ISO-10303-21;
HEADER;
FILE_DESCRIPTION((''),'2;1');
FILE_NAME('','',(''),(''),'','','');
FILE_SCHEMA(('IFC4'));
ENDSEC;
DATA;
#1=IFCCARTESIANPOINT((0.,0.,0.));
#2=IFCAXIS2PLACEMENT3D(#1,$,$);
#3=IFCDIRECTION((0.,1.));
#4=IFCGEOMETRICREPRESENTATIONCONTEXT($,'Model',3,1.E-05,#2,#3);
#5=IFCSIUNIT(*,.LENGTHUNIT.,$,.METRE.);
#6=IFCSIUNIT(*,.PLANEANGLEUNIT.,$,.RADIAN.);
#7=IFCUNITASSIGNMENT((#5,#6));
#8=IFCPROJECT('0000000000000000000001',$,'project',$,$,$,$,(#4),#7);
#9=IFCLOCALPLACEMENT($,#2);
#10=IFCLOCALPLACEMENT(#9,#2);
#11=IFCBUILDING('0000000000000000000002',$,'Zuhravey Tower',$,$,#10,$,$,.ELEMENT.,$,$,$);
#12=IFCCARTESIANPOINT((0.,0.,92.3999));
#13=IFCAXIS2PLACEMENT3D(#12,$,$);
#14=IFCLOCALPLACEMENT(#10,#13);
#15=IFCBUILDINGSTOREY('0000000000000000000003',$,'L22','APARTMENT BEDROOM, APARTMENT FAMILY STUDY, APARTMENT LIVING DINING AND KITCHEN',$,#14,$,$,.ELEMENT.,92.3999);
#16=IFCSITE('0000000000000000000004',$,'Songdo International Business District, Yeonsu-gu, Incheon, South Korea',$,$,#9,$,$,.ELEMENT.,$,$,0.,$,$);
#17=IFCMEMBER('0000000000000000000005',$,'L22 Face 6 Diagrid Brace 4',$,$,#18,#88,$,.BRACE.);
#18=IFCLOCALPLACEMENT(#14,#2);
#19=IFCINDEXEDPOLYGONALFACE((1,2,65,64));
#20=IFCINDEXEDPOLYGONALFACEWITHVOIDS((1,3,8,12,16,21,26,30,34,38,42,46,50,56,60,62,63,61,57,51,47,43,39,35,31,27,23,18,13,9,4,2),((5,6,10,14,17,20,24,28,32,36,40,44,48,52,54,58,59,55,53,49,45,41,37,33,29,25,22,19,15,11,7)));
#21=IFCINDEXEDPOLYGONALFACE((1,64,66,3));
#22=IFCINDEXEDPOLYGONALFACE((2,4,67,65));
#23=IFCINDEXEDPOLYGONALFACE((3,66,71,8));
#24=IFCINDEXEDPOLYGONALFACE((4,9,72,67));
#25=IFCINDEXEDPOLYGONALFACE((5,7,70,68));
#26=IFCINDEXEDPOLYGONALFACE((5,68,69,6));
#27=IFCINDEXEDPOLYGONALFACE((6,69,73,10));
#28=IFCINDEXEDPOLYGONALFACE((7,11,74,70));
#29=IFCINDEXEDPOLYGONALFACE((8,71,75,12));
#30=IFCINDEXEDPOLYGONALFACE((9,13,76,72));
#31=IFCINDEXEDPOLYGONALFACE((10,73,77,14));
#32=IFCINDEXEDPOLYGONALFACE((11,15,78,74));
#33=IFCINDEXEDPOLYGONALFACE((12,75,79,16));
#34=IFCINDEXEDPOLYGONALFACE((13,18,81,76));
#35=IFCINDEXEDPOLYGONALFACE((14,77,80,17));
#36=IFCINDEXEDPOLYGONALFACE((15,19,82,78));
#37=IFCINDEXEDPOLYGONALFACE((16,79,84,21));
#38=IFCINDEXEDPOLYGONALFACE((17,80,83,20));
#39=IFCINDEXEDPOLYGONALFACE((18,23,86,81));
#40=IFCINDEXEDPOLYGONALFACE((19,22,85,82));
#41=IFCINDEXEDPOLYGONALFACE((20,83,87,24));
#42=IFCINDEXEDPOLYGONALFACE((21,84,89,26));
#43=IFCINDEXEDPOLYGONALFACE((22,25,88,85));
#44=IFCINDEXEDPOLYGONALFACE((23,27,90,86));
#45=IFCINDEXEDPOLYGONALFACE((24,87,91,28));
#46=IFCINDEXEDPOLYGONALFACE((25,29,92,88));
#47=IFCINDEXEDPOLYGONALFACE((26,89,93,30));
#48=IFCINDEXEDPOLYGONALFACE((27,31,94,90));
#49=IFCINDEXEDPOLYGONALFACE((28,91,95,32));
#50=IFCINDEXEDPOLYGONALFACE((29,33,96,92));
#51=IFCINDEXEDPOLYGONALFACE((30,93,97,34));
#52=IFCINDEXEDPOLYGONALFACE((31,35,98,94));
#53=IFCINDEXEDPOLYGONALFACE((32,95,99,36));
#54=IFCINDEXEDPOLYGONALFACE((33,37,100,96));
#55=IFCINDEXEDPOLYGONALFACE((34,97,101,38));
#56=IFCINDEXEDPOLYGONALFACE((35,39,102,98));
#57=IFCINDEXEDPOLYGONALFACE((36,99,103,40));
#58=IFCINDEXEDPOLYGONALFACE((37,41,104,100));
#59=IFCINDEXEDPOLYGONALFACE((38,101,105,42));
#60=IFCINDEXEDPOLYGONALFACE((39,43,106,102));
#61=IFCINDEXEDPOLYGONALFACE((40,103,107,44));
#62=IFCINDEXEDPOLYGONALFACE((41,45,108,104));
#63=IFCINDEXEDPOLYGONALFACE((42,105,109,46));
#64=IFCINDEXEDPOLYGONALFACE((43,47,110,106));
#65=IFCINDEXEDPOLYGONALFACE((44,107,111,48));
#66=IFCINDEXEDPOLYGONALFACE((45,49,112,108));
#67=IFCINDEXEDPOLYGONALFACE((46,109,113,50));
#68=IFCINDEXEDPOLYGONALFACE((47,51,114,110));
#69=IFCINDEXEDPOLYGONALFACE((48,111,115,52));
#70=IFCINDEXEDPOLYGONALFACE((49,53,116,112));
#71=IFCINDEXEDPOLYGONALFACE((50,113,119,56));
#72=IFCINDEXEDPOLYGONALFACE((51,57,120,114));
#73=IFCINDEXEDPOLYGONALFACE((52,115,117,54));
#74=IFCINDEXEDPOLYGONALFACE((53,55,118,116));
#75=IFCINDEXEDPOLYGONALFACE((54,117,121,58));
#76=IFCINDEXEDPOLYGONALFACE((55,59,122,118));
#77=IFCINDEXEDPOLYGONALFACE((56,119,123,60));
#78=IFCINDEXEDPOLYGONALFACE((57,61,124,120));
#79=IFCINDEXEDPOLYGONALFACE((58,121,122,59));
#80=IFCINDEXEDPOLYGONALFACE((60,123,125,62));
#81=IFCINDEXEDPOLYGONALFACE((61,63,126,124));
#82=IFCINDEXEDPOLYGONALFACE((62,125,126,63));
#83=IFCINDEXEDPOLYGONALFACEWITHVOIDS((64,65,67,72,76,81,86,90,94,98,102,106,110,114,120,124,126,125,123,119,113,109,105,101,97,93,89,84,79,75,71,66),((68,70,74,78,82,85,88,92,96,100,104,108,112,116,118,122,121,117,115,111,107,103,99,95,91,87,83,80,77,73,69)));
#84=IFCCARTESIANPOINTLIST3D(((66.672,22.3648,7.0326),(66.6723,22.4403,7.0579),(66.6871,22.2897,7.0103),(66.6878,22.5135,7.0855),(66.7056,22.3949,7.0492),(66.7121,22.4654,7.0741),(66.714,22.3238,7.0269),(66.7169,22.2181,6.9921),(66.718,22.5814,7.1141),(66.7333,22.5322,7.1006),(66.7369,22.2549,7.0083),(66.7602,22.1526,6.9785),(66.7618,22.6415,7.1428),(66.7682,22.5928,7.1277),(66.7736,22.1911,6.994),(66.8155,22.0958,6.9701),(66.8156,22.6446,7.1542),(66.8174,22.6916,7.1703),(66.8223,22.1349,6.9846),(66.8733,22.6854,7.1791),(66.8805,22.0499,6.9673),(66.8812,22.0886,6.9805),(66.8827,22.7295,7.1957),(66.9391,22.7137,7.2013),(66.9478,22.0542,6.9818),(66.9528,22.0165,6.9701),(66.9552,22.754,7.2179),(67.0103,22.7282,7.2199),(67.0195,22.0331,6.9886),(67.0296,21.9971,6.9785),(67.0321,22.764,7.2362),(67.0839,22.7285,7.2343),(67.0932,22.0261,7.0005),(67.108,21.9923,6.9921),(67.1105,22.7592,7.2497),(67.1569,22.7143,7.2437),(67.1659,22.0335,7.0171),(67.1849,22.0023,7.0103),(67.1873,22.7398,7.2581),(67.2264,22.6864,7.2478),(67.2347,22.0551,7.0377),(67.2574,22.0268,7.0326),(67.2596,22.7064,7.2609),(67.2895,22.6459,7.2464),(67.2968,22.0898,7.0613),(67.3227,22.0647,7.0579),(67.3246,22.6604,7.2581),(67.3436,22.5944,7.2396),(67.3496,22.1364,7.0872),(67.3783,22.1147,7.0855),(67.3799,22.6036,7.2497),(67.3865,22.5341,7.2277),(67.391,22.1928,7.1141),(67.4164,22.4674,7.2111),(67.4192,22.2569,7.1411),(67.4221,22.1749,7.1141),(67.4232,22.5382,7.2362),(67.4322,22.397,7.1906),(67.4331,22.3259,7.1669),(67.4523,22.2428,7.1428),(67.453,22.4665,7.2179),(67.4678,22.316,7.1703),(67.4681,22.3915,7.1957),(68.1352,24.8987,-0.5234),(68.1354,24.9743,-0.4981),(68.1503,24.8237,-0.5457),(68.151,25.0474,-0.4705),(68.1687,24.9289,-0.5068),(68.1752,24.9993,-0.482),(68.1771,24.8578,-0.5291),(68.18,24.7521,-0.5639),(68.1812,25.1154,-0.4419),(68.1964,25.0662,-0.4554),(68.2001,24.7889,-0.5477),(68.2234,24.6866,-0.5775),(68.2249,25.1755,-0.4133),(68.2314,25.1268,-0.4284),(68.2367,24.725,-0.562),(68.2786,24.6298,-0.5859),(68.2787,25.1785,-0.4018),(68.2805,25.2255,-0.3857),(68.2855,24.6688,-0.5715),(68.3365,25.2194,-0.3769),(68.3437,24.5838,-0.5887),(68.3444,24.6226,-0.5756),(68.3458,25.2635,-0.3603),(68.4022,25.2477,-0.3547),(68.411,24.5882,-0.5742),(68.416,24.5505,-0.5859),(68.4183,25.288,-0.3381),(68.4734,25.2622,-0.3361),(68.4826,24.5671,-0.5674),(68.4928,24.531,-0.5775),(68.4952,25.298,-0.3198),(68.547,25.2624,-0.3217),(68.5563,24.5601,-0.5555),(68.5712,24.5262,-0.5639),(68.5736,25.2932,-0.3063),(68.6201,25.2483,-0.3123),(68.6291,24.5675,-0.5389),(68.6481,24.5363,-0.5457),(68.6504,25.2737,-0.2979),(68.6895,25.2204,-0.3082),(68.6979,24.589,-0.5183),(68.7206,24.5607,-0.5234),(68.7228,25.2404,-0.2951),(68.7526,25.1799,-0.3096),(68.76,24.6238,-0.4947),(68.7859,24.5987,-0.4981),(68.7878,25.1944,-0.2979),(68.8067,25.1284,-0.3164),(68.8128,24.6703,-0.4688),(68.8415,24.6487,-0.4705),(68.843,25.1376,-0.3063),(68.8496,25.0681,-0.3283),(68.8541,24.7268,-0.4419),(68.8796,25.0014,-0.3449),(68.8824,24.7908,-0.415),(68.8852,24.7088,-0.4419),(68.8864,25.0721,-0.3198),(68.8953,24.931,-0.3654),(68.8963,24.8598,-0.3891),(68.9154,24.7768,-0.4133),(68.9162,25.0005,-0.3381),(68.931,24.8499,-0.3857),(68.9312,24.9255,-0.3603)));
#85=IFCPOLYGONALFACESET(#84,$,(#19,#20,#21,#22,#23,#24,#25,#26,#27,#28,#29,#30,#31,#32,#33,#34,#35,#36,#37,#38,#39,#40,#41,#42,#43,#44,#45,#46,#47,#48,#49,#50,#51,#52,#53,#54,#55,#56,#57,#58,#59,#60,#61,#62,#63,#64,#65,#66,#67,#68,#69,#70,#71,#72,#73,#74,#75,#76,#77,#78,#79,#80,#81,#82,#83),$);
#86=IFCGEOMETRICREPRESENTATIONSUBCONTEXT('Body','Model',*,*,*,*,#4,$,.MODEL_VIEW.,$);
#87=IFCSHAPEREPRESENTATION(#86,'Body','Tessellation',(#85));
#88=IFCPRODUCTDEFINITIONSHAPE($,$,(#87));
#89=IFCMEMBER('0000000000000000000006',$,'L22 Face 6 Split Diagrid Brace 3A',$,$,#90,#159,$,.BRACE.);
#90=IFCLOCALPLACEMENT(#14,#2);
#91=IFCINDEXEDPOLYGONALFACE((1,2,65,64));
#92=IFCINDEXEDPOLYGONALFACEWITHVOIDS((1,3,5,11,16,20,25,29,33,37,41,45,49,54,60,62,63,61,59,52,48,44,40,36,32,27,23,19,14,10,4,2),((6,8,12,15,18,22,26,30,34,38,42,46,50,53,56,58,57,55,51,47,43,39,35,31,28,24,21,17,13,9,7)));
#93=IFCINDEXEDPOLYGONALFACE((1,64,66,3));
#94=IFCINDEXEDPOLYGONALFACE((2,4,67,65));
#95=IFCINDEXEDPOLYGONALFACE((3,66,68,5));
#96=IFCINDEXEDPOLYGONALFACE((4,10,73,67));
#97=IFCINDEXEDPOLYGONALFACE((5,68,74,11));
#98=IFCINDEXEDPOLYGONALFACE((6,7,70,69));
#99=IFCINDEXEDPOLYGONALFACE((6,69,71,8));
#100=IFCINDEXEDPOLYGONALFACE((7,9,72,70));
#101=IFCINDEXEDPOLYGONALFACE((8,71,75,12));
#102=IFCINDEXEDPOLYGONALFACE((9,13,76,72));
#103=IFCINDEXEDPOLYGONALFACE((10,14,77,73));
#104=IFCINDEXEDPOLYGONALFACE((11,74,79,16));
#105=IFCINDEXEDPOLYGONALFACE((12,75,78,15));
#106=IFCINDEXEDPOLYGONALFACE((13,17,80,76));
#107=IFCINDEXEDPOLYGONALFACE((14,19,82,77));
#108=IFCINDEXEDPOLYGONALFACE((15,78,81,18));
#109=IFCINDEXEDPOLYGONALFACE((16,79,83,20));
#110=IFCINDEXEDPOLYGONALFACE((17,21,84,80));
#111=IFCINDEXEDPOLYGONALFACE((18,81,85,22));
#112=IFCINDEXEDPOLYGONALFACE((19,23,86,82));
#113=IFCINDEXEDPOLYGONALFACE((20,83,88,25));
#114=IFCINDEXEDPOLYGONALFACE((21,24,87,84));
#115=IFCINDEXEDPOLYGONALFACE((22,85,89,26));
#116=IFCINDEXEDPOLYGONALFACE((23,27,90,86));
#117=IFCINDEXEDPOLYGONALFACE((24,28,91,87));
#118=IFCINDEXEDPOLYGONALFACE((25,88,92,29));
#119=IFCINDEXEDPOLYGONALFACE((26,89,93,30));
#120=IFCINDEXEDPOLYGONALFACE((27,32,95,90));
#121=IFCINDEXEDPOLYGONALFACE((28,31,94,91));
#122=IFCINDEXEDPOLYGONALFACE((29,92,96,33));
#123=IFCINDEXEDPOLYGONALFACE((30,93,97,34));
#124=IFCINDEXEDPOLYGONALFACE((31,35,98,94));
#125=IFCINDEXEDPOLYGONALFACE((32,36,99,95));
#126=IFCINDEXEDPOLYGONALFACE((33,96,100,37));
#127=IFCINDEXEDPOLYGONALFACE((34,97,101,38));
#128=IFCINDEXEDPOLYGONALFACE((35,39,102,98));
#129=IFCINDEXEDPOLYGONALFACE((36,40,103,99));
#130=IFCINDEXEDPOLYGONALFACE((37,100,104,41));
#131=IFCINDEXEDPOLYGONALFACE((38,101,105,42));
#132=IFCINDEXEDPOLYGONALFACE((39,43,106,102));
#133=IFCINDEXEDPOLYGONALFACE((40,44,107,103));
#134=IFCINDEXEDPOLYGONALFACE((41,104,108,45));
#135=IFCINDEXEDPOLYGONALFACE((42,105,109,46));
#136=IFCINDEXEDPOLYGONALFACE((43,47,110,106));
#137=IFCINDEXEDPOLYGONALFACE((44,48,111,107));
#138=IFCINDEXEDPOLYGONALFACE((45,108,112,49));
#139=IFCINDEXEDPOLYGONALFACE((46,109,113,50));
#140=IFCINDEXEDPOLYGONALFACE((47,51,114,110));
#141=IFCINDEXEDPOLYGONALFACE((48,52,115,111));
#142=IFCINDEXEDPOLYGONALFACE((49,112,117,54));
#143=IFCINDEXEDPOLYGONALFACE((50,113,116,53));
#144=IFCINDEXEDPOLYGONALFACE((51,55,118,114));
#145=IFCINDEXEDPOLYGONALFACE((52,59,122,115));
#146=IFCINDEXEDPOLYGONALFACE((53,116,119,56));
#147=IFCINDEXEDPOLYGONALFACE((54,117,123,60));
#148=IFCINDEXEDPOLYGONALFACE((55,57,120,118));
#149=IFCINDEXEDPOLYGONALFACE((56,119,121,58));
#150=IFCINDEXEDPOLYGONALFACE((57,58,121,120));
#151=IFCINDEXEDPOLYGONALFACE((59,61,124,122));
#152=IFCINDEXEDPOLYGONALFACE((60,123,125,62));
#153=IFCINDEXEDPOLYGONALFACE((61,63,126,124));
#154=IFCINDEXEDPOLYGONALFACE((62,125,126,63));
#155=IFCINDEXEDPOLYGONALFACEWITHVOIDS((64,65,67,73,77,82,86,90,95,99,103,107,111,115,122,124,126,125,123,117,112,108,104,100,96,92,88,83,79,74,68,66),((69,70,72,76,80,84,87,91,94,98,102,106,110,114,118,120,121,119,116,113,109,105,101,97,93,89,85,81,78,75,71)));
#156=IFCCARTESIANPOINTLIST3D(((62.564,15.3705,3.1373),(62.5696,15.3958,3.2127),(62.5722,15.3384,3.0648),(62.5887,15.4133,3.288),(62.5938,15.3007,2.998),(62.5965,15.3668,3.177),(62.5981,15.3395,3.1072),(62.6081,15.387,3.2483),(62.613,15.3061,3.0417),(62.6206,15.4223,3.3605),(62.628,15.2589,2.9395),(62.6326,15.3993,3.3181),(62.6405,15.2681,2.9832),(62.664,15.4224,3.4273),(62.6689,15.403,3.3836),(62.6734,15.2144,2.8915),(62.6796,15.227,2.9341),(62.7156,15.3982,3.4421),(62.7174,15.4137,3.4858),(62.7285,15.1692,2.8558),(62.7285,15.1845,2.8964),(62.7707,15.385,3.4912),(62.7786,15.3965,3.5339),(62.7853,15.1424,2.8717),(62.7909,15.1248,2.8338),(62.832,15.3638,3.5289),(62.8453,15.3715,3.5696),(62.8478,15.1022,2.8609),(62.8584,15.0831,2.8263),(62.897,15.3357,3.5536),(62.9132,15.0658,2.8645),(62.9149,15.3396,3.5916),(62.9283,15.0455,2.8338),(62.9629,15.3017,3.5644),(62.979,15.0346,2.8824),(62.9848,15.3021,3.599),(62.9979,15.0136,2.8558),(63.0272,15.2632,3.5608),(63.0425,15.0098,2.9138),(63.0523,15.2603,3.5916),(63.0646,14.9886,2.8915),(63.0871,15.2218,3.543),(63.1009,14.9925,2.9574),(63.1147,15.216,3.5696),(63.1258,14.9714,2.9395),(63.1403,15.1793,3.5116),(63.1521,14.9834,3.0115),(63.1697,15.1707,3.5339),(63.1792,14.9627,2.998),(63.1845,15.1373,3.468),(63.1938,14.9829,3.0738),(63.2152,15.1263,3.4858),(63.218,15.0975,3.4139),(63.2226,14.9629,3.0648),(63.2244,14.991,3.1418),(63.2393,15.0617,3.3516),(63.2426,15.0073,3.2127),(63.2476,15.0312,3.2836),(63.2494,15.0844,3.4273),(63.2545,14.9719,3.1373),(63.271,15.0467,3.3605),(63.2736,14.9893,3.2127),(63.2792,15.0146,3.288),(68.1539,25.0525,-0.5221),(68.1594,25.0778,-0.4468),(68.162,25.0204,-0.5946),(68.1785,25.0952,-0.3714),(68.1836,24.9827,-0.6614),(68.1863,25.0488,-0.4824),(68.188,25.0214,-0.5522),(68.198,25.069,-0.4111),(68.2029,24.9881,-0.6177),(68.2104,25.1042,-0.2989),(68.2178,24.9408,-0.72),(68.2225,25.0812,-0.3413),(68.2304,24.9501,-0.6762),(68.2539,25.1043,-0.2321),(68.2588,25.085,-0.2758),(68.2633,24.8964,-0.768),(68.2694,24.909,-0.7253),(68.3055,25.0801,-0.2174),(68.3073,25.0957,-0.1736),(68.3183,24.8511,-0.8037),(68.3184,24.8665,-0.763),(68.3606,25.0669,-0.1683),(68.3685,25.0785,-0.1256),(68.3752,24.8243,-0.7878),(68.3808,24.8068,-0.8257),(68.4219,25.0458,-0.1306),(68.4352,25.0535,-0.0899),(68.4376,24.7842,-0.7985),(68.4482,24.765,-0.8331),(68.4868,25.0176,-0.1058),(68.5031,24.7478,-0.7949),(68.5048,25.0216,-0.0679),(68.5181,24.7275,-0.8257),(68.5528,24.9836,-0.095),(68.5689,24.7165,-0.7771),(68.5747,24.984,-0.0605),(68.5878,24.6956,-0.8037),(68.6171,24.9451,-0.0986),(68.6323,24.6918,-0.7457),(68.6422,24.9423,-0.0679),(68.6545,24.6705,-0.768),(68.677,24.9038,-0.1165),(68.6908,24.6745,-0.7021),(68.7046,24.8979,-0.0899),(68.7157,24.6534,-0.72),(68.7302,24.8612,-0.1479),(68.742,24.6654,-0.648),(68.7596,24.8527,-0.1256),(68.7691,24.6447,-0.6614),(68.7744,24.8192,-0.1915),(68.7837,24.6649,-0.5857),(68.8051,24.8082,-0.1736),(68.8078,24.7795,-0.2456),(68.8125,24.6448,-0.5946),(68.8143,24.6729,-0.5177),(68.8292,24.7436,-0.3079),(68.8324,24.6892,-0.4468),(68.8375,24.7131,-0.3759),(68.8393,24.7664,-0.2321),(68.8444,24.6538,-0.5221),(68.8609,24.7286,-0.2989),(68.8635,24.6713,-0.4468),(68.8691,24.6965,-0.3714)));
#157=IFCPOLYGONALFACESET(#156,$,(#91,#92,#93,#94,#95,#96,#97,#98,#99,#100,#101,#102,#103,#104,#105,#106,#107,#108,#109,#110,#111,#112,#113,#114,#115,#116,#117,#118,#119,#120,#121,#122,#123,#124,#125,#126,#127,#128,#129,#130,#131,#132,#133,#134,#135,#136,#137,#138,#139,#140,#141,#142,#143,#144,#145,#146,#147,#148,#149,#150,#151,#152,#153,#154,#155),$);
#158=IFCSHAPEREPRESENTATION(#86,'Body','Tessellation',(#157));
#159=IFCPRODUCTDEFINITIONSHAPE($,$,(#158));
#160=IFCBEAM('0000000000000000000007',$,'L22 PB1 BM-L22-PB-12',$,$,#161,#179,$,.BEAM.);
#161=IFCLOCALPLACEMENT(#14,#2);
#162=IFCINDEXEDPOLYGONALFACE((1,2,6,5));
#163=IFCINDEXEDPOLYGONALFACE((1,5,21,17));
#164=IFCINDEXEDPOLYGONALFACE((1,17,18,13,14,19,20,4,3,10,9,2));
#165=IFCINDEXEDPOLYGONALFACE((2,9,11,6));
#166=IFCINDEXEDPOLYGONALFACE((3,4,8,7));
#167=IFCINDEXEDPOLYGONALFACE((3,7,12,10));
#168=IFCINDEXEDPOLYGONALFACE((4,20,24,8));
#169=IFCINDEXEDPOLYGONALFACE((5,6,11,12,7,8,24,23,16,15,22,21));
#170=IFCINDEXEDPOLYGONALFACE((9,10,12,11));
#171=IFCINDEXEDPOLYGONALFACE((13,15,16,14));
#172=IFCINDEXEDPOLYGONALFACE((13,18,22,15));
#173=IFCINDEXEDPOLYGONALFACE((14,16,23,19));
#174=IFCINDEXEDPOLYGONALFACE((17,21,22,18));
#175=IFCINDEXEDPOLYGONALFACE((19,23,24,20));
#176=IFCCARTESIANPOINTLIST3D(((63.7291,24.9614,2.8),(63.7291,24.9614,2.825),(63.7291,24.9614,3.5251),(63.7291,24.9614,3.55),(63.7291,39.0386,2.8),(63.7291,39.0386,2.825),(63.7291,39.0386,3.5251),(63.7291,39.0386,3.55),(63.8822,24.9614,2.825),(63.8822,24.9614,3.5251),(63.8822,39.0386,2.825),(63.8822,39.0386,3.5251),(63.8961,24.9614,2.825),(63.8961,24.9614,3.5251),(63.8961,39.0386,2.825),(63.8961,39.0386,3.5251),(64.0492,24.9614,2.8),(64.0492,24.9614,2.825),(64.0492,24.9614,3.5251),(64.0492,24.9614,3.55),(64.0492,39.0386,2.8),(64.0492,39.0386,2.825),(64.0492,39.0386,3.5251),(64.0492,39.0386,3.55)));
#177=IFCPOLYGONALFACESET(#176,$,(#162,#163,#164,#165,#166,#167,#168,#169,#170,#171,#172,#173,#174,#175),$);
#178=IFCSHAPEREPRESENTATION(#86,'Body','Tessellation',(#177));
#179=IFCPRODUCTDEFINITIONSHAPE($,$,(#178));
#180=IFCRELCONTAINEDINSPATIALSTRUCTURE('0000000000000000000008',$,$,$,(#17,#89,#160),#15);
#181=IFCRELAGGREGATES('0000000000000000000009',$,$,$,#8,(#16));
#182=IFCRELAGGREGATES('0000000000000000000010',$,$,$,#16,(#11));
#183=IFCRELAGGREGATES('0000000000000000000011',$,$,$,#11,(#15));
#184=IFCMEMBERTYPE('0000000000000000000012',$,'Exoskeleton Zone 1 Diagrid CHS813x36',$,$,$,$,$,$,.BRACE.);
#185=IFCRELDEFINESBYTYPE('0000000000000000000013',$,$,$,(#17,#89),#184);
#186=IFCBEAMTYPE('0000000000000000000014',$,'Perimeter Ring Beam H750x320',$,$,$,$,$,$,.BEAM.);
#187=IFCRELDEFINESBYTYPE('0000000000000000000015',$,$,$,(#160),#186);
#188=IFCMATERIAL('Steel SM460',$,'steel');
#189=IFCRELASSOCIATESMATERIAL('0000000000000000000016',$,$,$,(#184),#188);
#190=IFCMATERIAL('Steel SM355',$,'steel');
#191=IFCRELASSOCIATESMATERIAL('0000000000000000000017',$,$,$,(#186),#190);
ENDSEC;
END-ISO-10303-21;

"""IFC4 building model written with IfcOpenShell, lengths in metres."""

from ifc_helpers import new_model, si_unit, direction, frame, origin, origin_2d, place, context, subcontext, project, spatial, hollow_circle, i_section, extrude, material, material_profile, profile_set, type_object, element, save


model = new_model("IFC4")

# Units and contexts
model_context = context("Model", 3, precision=1e-05, world=origin(), true_north=direction((0.0, 1.0)))
body_context = subcontext(model_context, "Body", "Model", "MODEL_VIEW")
ifc_project = project(units=[si_unit("LENGTHUNIT", "METRE"), si_unit("PLANEANGLEUNIT", "RADIAN")], contexts=[model_context])

# Site, building, storey
site_placement = place(None, origin())
site = spatial("IfcSite", under=ifc_project, at=site_placement, Name="Songdo International Business District, Yeonsu-gu, Incheon, South Korea", CompositionType="ELEMENT", RefElevation=0.0)
building_placement = place(site_placement, origin())
building = spatial("IfcBuilding", under=site, at=building_placement, Name="Zuhravey Tower", CompositionType="ELEMENT")
storey_placement = place(building_placement, frame((0.0, 0.0, 92.3999)))
storey = spatial("IfcBuildingStorey", under=building, at=storey_placement, Name="L22", Description="APARTMENT BEDROOM, APARTMENT FAMILY STUDY, APARTMENT LIVING DINING AND KITCHEN", CompositionType="ELEMENT", Elevation=92.3999)

# Members
ifc_material_1 = material(Name="Steel SM460", Category="steel")
ifc_material_profile_1 = material_profile(ifc_material_1, hollow_circle(Radius=0.4065, WallThickness=0.0359, at=origin_2d()), Name="CHS-812.8x36")
ifc_profile_set_1 = profile_set([ifc_material_profile_1], Name="Steel SM460")
member_type_1 = type_object("IfcMemberType", Name="Exoskeleton Zone 1 Diagrid CHS813x36", PredefinedType="BRACE", material=ifc_profile_set_1)
member_1_placement = place(storey_placement, frame((68.5332, 24.9121, -0.4419), z_axis=(-0.180574, -0.312728, 0.93252), x_axis=(0.866001, -0.500043, 0.0)))
element("IfcMember", 1, at=member_1_placement, inside=storey, type_object=member_type_1, Name="L22 Face 6 Diagrid Brace 4", PredefinedType="BRACE", context=body_context, shape_type="SweptSolid", body=[
    extrude(hollow_circle(Radius=0.4065, WallThickness=0.0359, at=origin_2d()), origin(), (0.0, 0.0, 1.0), 8.1028),
])
member_2_placement = place(storey_placement, frame((68.5115, 24.8745, -0.4468), z_axis=(-0.475191, -0.823054, 0.311087), x_axis=(0.866025, -0.5, 0.0)))
element("IfcMember", 2, at=member_2_placement, inside=storey, type_object=member_type_1, Name="L22 Face 6 Split Diagrid Brace 3A", PredefinedType="BRACE", context=body_context, shape_type="SweptSolid", body=[
    extrude(hollow_circle(Radius=0.4065, WallThickness=0.0359, at=origin_2d()), origin(), (0.0, 0.0, 1.0), 11.7634),
])

# Beam
ifc_material_2 = material(Name="Steel SM355", Category="steel")
ifc_material_profile_2 = material_profile(ifc_material_2, i_section(OverallWidth=0.3201, OverallDepth=0.75, WebThickness=0.0139, FlangeThickness=0.0249, at=origin_2d()), Name="H-750x320x14x25")
ifc_profile_set_2 = profile_set([ifc_material_profile_2], Name="Steel SM355")
beam_type_1 = type_object("IfcBeamType", Name="Perimeter Ring Beam H750x320", PredefinedType="BEAM", material=ifc_profile_set_2)
beam_1_placement = place(storey_placement, frame((63.8892, 24.9614, 3.175), z_axis=(0.0, 1.0, 0.0), x_axis=(-1.0, 0.0, 0.0)))
element("IfcBeam", 3, at=beam_1_placement, inside=storey, type_object=beam_type_1, Name="L22 PB1 BM-L22-PB-12", PredefinedType="BEAM", context=body_context, shape_type="SweptSolid", body=[
    extrude(i_section(OverallWidth=0.3201, OverallDepth=0.75, WebThickness=0.0139, FlangeThickness=0.0249, at=origin_2d()), origin(), (0.0, 0.0, 1.0), 14.0771),
])

save(model, "model.ifc")
